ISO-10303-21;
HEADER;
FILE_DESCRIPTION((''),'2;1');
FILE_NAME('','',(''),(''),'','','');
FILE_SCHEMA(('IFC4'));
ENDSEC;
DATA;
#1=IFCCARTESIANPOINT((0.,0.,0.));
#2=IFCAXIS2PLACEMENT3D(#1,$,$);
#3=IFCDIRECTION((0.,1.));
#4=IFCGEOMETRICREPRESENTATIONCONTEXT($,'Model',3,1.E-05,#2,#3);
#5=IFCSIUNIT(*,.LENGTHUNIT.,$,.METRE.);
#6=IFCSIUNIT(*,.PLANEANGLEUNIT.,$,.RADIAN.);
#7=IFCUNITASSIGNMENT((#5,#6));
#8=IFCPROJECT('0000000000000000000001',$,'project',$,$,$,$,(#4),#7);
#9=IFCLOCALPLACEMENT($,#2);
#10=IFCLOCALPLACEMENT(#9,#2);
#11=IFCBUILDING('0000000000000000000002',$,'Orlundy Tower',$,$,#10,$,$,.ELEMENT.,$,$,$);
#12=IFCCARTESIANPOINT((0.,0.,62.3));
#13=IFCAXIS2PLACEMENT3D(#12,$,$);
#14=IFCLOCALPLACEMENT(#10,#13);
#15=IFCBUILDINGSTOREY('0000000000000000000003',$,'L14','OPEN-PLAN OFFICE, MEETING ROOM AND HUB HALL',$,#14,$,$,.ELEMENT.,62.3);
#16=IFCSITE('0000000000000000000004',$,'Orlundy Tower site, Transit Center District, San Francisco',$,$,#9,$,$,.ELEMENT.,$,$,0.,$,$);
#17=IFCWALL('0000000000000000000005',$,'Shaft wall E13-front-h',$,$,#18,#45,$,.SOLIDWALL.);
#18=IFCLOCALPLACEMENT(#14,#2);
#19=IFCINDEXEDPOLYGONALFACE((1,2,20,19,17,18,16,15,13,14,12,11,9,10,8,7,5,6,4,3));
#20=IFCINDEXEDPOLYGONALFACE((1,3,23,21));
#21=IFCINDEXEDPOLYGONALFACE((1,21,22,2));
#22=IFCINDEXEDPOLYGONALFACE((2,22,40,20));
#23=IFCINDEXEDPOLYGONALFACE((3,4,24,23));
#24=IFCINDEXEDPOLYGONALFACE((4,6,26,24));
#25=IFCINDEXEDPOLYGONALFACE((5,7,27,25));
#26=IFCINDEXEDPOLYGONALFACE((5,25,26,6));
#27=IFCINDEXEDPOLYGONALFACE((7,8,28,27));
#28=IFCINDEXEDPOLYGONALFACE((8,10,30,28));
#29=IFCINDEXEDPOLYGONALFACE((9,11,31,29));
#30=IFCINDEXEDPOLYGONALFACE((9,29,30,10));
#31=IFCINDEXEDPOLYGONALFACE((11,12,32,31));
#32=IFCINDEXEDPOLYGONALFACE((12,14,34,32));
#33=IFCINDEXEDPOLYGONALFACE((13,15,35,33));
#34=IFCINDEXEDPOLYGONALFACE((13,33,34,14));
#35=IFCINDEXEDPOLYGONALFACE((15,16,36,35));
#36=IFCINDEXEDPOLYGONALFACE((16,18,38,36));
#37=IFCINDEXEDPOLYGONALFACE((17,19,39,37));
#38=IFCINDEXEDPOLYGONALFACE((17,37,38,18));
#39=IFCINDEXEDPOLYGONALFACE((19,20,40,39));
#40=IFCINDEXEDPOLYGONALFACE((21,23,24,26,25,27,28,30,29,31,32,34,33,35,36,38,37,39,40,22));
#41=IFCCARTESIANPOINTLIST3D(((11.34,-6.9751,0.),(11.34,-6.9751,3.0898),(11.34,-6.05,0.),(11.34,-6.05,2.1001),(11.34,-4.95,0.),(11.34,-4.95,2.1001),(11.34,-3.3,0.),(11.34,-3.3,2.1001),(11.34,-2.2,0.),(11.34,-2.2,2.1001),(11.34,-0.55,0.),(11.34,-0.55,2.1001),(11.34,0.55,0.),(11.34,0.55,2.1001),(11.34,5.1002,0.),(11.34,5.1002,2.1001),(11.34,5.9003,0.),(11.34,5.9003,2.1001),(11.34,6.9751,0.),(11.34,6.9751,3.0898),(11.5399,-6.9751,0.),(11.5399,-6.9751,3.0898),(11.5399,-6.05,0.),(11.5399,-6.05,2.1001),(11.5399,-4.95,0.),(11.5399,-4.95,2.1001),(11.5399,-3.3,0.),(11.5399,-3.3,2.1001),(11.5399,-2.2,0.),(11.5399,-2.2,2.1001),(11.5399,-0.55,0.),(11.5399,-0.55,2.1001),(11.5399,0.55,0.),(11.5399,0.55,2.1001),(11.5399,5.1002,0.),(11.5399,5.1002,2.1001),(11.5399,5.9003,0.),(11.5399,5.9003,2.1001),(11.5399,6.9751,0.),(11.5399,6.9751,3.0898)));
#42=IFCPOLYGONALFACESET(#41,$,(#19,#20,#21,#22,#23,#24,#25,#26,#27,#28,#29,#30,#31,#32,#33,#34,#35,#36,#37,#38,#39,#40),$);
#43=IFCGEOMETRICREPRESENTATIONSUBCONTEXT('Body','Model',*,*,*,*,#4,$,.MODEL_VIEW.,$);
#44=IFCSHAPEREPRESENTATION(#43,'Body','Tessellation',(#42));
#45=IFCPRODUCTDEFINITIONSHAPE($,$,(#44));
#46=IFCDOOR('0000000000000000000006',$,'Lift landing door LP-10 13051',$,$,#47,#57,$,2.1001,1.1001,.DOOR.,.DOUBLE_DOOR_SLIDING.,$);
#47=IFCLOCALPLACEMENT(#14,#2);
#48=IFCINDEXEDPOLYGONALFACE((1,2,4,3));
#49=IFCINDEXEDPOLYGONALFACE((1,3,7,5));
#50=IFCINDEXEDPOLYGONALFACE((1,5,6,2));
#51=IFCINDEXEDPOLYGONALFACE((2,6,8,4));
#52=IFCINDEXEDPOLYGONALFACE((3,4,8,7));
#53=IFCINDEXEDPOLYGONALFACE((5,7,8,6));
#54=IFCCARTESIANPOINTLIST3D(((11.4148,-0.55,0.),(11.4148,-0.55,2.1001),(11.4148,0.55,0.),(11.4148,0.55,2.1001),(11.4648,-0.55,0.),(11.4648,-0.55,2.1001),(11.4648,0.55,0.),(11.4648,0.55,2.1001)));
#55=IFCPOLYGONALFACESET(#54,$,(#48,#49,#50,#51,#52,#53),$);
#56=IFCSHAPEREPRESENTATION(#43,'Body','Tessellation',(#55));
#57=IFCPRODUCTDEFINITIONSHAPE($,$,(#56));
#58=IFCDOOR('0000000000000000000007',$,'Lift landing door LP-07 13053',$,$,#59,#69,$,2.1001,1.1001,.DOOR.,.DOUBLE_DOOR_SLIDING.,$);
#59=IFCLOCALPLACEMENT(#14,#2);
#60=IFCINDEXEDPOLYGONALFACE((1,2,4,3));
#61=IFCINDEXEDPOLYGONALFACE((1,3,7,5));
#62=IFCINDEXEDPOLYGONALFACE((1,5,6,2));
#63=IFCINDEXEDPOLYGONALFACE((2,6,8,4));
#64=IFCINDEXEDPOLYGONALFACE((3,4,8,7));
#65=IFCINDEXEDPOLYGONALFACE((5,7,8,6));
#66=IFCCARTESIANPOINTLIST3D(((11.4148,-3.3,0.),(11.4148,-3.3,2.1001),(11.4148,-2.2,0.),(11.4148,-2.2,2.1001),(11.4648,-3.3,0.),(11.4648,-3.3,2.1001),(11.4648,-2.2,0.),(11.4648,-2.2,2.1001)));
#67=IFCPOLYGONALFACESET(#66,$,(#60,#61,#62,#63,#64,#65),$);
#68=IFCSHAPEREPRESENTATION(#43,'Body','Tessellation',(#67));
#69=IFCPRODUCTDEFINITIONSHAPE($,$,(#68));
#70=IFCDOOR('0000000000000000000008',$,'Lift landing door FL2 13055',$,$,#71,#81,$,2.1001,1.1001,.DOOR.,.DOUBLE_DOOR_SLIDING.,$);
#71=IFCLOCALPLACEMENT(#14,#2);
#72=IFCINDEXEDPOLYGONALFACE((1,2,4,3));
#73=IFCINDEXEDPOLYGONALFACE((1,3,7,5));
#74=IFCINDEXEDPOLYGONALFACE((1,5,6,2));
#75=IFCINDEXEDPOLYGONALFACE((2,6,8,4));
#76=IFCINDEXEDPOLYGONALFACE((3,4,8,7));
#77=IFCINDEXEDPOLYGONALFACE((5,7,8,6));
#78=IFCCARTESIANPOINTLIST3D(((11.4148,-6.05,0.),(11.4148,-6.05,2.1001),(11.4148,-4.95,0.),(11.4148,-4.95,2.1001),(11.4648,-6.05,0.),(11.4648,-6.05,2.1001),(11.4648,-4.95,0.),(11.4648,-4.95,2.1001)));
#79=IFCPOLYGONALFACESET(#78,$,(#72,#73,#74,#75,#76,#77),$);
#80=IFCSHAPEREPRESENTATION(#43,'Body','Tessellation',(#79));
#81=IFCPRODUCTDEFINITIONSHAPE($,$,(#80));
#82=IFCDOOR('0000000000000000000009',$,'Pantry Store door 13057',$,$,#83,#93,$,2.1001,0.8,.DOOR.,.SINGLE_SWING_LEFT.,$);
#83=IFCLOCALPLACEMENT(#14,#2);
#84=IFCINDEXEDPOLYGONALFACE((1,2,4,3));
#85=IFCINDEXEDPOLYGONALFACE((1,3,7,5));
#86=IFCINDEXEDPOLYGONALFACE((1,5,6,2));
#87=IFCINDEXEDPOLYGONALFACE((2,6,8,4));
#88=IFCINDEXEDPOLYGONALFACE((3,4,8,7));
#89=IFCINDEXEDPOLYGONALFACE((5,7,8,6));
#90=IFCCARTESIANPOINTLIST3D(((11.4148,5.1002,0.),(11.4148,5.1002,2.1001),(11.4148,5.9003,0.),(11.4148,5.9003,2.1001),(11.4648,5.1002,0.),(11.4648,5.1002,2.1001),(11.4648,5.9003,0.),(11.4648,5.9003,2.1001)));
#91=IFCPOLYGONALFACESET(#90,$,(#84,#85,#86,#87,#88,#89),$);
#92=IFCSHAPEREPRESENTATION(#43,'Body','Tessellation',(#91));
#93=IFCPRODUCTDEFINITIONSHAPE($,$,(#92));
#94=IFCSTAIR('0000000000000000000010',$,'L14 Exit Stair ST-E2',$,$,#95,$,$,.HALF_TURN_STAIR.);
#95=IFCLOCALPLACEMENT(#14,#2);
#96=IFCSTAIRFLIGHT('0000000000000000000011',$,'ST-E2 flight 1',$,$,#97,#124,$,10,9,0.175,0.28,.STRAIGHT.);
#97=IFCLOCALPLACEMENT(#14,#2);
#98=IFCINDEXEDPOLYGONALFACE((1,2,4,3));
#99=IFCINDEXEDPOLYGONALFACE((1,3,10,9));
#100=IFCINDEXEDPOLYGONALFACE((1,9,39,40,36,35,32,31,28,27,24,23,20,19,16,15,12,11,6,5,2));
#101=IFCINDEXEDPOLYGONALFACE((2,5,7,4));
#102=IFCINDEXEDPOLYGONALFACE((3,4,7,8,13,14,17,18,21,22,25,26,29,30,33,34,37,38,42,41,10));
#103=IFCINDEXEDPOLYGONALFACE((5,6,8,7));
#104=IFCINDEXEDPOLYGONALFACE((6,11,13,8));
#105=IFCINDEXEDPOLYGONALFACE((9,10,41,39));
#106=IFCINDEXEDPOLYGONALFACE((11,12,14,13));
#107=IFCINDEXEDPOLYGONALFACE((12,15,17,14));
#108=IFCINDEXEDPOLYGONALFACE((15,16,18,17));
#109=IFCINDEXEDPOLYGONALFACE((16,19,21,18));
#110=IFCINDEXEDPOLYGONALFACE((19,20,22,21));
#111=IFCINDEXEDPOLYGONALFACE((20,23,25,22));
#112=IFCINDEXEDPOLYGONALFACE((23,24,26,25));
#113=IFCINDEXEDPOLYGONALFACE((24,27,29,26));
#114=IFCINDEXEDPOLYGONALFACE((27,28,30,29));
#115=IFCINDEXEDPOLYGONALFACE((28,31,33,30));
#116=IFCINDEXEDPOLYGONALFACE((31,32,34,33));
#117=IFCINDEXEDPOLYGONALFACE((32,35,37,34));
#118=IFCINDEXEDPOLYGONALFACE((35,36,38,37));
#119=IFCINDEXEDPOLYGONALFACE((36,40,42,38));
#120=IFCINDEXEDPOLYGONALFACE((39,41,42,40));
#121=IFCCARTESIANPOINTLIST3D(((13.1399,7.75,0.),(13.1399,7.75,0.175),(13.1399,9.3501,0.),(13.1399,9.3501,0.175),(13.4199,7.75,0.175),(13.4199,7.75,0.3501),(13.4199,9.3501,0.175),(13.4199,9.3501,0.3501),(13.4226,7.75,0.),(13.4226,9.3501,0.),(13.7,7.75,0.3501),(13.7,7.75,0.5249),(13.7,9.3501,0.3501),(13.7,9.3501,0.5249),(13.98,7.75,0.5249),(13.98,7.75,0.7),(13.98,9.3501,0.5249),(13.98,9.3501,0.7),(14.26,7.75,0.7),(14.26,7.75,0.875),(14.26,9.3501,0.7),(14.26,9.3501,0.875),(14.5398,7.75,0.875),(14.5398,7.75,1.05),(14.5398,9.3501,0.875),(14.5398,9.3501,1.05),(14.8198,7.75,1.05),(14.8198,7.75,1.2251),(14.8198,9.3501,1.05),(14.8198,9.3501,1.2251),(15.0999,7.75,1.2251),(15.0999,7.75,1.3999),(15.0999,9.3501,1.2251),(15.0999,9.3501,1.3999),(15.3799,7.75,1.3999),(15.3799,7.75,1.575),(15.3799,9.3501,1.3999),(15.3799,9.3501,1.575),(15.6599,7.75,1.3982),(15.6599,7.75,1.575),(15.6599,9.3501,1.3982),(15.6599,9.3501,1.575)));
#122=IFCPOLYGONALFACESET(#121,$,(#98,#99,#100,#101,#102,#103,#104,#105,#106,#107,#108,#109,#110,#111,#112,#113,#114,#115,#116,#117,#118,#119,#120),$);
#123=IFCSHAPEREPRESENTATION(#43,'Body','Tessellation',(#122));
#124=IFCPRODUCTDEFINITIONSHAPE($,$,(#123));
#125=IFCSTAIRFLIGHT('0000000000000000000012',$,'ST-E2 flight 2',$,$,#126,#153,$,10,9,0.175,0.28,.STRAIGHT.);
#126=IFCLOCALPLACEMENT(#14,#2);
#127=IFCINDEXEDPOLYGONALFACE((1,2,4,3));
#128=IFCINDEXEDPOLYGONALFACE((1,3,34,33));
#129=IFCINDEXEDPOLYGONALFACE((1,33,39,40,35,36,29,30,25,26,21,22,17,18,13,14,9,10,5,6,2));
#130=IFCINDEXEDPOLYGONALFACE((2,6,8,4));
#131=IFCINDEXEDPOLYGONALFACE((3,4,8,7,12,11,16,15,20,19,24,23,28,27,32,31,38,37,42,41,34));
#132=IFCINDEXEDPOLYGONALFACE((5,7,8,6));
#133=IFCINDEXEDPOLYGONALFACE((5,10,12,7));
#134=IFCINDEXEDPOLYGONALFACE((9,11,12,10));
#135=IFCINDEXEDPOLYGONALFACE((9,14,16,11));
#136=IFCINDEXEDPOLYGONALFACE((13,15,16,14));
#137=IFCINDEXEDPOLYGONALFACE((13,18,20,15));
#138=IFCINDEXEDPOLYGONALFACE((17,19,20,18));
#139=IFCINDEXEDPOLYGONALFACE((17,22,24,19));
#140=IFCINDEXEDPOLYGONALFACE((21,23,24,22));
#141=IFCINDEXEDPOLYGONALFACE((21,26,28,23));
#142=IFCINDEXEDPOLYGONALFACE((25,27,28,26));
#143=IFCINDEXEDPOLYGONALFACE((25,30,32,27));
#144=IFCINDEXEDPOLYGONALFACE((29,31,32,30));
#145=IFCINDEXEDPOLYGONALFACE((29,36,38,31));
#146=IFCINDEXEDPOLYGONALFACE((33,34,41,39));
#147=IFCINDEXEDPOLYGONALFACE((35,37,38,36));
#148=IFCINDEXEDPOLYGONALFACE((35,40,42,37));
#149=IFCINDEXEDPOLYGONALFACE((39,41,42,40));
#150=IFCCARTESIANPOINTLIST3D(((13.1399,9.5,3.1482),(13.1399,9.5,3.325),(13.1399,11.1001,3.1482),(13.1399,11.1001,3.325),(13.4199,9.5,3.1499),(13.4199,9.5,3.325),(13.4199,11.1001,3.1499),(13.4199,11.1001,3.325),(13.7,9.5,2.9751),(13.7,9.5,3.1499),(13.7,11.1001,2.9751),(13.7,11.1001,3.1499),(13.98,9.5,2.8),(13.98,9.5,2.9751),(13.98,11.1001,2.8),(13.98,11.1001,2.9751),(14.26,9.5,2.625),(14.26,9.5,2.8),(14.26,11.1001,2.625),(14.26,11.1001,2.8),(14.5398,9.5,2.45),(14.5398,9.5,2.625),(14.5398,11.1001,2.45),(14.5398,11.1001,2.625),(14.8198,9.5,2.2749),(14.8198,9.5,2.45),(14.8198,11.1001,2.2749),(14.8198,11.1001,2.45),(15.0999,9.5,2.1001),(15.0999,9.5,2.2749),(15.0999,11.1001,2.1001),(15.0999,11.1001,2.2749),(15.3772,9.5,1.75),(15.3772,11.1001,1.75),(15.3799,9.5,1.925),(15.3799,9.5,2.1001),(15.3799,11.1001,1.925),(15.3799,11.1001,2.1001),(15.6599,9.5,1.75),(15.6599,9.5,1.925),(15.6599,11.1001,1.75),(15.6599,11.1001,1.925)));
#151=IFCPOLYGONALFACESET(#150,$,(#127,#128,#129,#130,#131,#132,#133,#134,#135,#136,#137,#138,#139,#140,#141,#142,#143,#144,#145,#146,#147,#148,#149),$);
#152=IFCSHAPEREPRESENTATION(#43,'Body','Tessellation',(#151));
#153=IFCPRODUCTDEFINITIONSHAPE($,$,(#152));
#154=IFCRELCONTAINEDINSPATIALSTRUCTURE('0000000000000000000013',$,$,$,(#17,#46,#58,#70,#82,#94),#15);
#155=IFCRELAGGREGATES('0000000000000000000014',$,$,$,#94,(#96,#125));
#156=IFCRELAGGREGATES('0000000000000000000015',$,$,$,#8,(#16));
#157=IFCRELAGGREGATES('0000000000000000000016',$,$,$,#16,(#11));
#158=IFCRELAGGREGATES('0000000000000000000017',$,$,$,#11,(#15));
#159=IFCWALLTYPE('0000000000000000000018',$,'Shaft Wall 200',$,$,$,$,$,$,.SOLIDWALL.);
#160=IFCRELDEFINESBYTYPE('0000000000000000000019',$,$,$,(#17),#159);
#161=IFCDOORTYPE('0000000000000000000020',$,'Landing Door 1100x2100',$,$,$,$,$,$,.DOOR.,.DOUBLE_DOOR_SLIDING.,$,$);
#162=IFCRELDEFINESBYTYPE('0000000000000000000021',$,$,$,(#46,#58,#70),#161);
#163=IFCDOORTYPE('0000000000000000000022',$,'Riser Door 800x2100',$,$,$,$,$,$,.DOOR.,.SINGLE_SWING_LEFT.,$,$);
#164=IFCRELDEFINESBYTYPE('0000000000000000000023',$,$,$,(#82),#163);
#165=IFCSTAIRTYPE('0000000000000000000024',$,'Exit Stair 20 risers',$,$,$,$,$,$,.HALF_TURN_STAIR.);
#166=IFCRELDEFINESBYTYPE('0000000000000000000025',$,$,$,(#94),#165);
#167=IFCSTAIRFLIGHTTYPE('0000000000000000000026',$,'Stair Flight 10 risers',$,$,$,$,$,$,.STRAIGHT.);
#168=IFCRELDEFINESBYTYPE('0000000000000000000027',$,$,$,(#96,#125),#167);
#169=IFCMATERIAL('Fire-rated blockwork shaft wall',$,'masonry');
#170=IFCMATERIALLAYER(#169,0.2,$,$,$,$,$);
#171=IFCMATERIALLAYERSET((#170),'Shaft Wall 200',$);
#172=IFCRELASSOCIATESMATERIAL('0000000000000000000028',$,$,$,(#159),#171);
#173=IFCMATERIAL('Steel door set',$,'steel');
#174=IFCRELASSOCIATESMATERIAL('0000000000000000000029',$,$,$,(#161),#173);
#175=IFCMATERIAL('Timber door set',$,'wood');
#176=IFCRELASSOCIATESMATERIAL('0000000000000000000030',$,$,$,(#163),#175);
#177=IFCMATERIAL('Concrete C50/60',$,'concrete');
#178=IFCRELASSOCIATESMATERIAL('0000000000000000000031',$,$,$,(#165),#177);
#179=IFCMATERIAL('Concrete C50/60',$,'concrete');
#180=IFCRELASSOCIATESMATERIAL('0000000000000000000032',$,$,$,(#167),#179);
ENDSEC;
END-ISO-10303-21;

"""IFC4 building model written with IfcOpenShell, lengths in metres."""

from ifc_helpers import new_model, si_unit, direction, frame, frame_2d, origin, place, context, subcontext, project, spatial, polyline, rectangle, outline, extrude, material, layer, layer_set, type_object, element, fill, aggregate, save


model = new_model("IFC4")

# Units and contexts
model_context = context("Model", 3, precision=1e-05, world=origin(), true_north=direction((0.0, 1.0)))
body_context = subcontext(model_context, "Body", "Model", "MODEL_VIEW")
ifc_project = project(units=[si_unit("LENGTHUNIT", "METRE"), si_unit("PLANEANGLEUNIT", "RADIAN")], contexts=[model_context])

# Site, building, storey
site_placement = place(None, origin())
site = spatial("IfcSite", under=ifc_project, at=site_placement, Name="Orlundy Tower site, Transit Center District, San Francisco", CompositionType="ELEMENT", RefElevation=0.0)
building_placement = place(site_placement, origin())
building = spatial("IfcBuilding", under=site, at=building_placement, Name="Orlundy Tower", CompositionType="ELEMENT")
storey_placement = place(building_placement, frame((0.0, 0.0, 62.3)))
storey = spatial("IfcBuildingStorey", under=building, at=storey_placement, Name="L14", Description="OPEN-PLAN OFFICE, MEETING ROOM AND HUB HALL", CompositionType="ELEMENT", Elevation=62.3)

# Shared definitions
ifc_material_1 = material(Name="Fire-rated blockwork shaft wall", Category="masonry")
ifc_layer_1 = layer(ifc_material_1, 0.2)
ifc_layer_set_1 = layer_set([ifc_layer_1], Name="Shaft Wall 200")
wall_type_1 = type_object("IfcWallType", Name="Shaft Wall 200", PredefinedType="SOLIDWALL", material=ifc_layer_set_1)

# Wall, openings, doors
wall_1_placement = place(storey_placement, frame((11.4399, 6.9751, 0.0), z_axis=(0.0, 0.0, 1.0), x_axis=(0.0, -1.0, 0.0)))
wall_1 = element("IfcWall", 1, at=wall_1_placement, inside=storey, type_object=wall_type_1, Name="Shaft wall E13-front-h", PredefinedType="SOLIDWALL", context=body_context, shape_type="SweptSolid", body=[
    extrude(rectangle(XDim=13.9502, YDim=0.2, at=frame_2d((6.9751, 0.0))), origin(), (0.0, 0.0, 1.0), 3.0898),
])
opening_1_placement = place(wall_1_placement, frame((6.425, 0.0, 0.0)))
opening_1 = element("IfcOpeningElement", 2, at=opening_1_placement, cuts=wall_1, PredefinedType="OPENING", context=body_context, shape_type="SweptSolid", body=[
    extrude(rectangle(XDim=1.1001, YDim=2.1001, at=frame_2d((0.55, 1.05))), frame((0.0, 0.1101, 0.0), z_axis=(0.0, -1.0, 0.0), x_axis=(1.0, 0.0, 0.0)), (0.0, 0.0, 1.0), 0.2202),
])
opening_2_placement = place(wall_1_placement, frame((9.175, 0.0, 0.0)))
opening_2 = element("IfcOpeningElement", 3, at=opening_2_placement, cuts=wall_1, PredefinedType="OPENING", context=body_context, shape_type="SweptSolid", body=[
    extrude(rectangle(XDim=1.1001, YDim=2.1001, at=frame_2d((0.55, 1.05))), frame((0.0, 0.1101, 0.0), z_axis=(0.0, -1.0, 0.0), x_axis=(1.0, 0.0, 0.0)), (0.0, 0.0, 1.0), 0.2202),
])
opening_3_placement = place(wall_1_placement, frame((11.925, 0.0, 0.0)))
opening_3 = element("IfcOpeningElement", 4, at=opening_3_placement, cuts=wall_1, PredefinedType="OPENING", context=body_context, shape_type="SweptSolid", body=[
    extrude(rectangle(XDim=1.1001, YDim=2.1001, at=frame_2d((0.55, 1.05))), frame((0.0, 0.1101, 0.0), z_axis=(0.0, -1.0, 0.0), x_axis=(1.0, 0.0, 0.0)), (0.0, 0.0, 1.0), 0.2202),
])
opening_4_placement = place(wall_1_placement, frame((1.075, 0.0, 0.0)))
opening_4 = element("IfcOpeningElement", 5, at=opening_4_placement, cuts=wall_1, PredefinedType="OPENING", context=body_context, shape_type="SweptSolid", body=[
    extrude(rectangle(XDim=0.8, YDim=2.1001, at=frame_2d((0.3999, 1.05))), frame((0.0, 0.1101, 0.0), z_axis=(0.0, -1.0, 0.0), x_axis=(1.0, 0.0, 0.0)), (0.0, 0.0, 1.0), 0.2202),
])
ifc_material_2 = material(Name="Steel door set", Category="steel")
door_type_1 = type_object("IfcDoorType", Name="Landing Door 1100x2100", OperationType="DOUBLE_DOOR_SLIDING", PredefinedType="DOOR", material=ifc_material_2)
door_1_placement = place(opening_1_placement, origin())
door_1 = element("IfcDoor", 6, at=door_1_placement, inside=storey, type_object=door_type_1, Name="Lift landing door LP-10 13051", OperationType="DOUBLE_DOOR_SLIDING", OverallHeight=2.1001, OverallWidth=1.1001, PredefinedType="DOOR", context=body_context, shape_type="SweptSolid", body=[
    extrude(rectangle(XDim=1.1001, YDim=2.1001, at=frame_2d((0.55, 1.05))), frame((0.0, 0.0249, 0.0), z_axis=(0.0, -1.0, 0.0), x_axis=(1.0, 0.0, 0.0)), (0.0, 0.0, 1.0), 0.05),
])
fill(opening_1, door_1)
door_2_placement = place(opening_2_placement, origin())
door_2 = element("IfcDoor", 7, at=door_2_placement, inside=storey, type_object=door_type_1, Name="Lift landing door LP-07 13053", OperationType="DOUBLE_DOOR_SLIDING", OverallHeight=2.1001, OverallWidth=1.1001, PredefinedType="DOOR", context=body_context, shape_type="SweptSolid", body=[
    extrude(rectangle(XDim=1.1001, YDim=2.1001, at=frame_2d((0.55, 1.05))), frame((0.0, 0.0249, 0.0), z_axis=(0.0, -1.0, 0.0), x_axis=(1.0, 0.0, 0.0)), (0.0, 0.0, 1.0), 0.05),
])
fill(opening_2, door_2)
door_3_placement = place(opening_3_placement, origin())
door_3 = element("IfcDoor", 8, at=door_3_placement, inside=storey, type_object=door_type_1, Name="Lift landing door FL2 13055", OperationType="DOUBLE_DOOR_SLIDING", OverallHeight=2.1001, OverallWidth=1.1001, PredefinedType="DOOR", context=body_context, shape_type="SweptSolid", body=[
    extrude(rectangle(XDim=1.1001, YDim=2.1001, at=frame_2d((0.55, 1.05))), frame((0.0, 0.0249, 0.0), z_axis=(0.0, -1.0, 0.0), x_axis=(1.0, 0.0, 0.0)), (0.0, 0.0, 1.0), 0.05),
])
fill(opening_3, door_3)
ifc_material_3 = material(Name="Timber door set", Category="wood")
door_type_2 = type_object("IfcDoorType", Name="Riser Door 800x2100", OperationType="SINGLE_SWING_LEFT", PredefinedType="DOOR", material=ifc_material_3)
door_4_placement = place(opening_4_placement, origin())
door_4 = element("IfcDoor", 9, at=door_4_placement, inside=storey, type_object=door_type_2, Name="Pantry Store door 13057", OperationType="SINGLE_SWING_LEFT", OverallHeight=2.1001, OverallWidth=0.8, PredefinedType="DOOR", context=body_context, shape_type="SweptSolid", body=[
    extrude(rectangle(XDim=0.8, YDim=2.1001, at=frame_2d((0.3999, 1.05))), frame((0.0, 0.0249, 0.0), z_axis=(0.0, -1.0, 0.0), x_axis=(1.0, 0.0, 0.0)), (0.0, 0.0, 1.0), 0.05),
])
fill(opening_4, door_4)

# Stair, stair flights
ifc_material_4 = material(Name="Concrete C50/60", Category="concrete")
stair_type = type_object("IfcStairType", Name="Exit Stair 20 risers", PredefinedType="HALF_TURN_STAIR", material=ifc_material_4)
stair_placement = place(storey_placement, origin())
stair = element("IfcStair", 10, at=stair_placement, inside=storey, type_object=stair_type, Name="L14 Exit Stair ST-E2", PredefinedType="HALF_TURN_STAIR")
ifc_material_5 = material(Name="Concrete C50/60", Category="concrete")
stair_flight_type = type_object("IfcStairFlightType", Name="Stair Flight 10 risers", PredefinedType="STRAIGHT", material=ifc_material_5)
stair_flight_1_placement = place(storey_placement, frame((13.1399, 8.55, 0.0), z_axis=(0.0, 0.0, 1.0), x_axis=(1.0, 0.0, 0.0)))
stair_flight_1 = element("IfcStairFlight", 11, at=stair_flight_1_placement, type_object=stair_flight_type, Name="ST-E2 flight 1", NumberOfRisers=10, NumberOfTreads=9, PredefinedType="STRAIGHT", RiserHeight=0.175, TreadLength=0.28, context=body_context, shape_type="SweptSolid", body=[
    extrude(outline(polyline([(0.0, 0.0), (0.0, 0.175), (0.28, 0.175), (0.28, 0.3501), (0.5601, 0.3501), (0.5601, 0.5249), (0.8401, 0.5249), (0.8401, 0.7), (1.1201, 0.7), (1.1201, 0.875), (1.3999, 0.875), (1.3999, 1.05), (1.6799, 1.05), (1.6799, 1.2251), (1.96, 1.2251), (1.96, 1.3999), (2.24, 1.3999), (2.24, 1.575), (2.52, 1.575), (2.52, 1.75), (2.52, 1.3982), (0.2827, 0.0), (0.0, 0.0)])), frame((0.0, 0.8, 0.0), z_axis=(0.0, -1.0, 0.0), x_axis=(1.0, 0.0, 0.0)), (0.0, 0.0, 1.0), 1.6001),
])
stair_flight_2_placement = place(storey_placement, frame((15.6599, 10.3, 1.75), z_axis=(0.0, 0.0, 1.0), x_axis=(-1.0, 0.0, 0.0)))
stair_flight_2 = element("IfcStairFlight", 12, at=stair_flight_2_placement, type_object=stair_flight_type, Name="ST-E2 flight 2", NumberOfRisers=10, NumberOfTreads=9, PredefinedType="STRAIGHT", RiserHeight=0.175, TreadLength=0.28, context=body_context, shape_type="SweptSolid", body=[
    extrude(outline(polyline([(0.0, 0.0), (0.0, 0.175), (0.28, 0.175), (0.28, 0.3501), (0.5601, 0.3501), (0.5601, 0.5249), (0.8401, 0.5249), (0.8401, 0.7), (1.1201, 0.7), (1.1201, 0.875), (1.3999, 0.875), (1.3999, 1.05), (1.6799, 1.05), (1.6799, 1.2251), (1.96, 1.2251), (1.96, 1.3999), (2.24, 1.3999), (2.24, 1.575), (2.52, 1.575), (2.52, 1.75), (2.52, 1.3982), (0.2827, 0.0), (0.0, 0.0)])), frame((0.0, 0.8, 0.0), z_axis=(0.0, -1.0, 0.0), x_axis=(1.0, 0.0, 0.0)), (0.0, 0.0, 1.0), 1.6001),
])
aggregate(stair, [stair_flight_1, stair_flight_2])

save(model, "model.ifc")
